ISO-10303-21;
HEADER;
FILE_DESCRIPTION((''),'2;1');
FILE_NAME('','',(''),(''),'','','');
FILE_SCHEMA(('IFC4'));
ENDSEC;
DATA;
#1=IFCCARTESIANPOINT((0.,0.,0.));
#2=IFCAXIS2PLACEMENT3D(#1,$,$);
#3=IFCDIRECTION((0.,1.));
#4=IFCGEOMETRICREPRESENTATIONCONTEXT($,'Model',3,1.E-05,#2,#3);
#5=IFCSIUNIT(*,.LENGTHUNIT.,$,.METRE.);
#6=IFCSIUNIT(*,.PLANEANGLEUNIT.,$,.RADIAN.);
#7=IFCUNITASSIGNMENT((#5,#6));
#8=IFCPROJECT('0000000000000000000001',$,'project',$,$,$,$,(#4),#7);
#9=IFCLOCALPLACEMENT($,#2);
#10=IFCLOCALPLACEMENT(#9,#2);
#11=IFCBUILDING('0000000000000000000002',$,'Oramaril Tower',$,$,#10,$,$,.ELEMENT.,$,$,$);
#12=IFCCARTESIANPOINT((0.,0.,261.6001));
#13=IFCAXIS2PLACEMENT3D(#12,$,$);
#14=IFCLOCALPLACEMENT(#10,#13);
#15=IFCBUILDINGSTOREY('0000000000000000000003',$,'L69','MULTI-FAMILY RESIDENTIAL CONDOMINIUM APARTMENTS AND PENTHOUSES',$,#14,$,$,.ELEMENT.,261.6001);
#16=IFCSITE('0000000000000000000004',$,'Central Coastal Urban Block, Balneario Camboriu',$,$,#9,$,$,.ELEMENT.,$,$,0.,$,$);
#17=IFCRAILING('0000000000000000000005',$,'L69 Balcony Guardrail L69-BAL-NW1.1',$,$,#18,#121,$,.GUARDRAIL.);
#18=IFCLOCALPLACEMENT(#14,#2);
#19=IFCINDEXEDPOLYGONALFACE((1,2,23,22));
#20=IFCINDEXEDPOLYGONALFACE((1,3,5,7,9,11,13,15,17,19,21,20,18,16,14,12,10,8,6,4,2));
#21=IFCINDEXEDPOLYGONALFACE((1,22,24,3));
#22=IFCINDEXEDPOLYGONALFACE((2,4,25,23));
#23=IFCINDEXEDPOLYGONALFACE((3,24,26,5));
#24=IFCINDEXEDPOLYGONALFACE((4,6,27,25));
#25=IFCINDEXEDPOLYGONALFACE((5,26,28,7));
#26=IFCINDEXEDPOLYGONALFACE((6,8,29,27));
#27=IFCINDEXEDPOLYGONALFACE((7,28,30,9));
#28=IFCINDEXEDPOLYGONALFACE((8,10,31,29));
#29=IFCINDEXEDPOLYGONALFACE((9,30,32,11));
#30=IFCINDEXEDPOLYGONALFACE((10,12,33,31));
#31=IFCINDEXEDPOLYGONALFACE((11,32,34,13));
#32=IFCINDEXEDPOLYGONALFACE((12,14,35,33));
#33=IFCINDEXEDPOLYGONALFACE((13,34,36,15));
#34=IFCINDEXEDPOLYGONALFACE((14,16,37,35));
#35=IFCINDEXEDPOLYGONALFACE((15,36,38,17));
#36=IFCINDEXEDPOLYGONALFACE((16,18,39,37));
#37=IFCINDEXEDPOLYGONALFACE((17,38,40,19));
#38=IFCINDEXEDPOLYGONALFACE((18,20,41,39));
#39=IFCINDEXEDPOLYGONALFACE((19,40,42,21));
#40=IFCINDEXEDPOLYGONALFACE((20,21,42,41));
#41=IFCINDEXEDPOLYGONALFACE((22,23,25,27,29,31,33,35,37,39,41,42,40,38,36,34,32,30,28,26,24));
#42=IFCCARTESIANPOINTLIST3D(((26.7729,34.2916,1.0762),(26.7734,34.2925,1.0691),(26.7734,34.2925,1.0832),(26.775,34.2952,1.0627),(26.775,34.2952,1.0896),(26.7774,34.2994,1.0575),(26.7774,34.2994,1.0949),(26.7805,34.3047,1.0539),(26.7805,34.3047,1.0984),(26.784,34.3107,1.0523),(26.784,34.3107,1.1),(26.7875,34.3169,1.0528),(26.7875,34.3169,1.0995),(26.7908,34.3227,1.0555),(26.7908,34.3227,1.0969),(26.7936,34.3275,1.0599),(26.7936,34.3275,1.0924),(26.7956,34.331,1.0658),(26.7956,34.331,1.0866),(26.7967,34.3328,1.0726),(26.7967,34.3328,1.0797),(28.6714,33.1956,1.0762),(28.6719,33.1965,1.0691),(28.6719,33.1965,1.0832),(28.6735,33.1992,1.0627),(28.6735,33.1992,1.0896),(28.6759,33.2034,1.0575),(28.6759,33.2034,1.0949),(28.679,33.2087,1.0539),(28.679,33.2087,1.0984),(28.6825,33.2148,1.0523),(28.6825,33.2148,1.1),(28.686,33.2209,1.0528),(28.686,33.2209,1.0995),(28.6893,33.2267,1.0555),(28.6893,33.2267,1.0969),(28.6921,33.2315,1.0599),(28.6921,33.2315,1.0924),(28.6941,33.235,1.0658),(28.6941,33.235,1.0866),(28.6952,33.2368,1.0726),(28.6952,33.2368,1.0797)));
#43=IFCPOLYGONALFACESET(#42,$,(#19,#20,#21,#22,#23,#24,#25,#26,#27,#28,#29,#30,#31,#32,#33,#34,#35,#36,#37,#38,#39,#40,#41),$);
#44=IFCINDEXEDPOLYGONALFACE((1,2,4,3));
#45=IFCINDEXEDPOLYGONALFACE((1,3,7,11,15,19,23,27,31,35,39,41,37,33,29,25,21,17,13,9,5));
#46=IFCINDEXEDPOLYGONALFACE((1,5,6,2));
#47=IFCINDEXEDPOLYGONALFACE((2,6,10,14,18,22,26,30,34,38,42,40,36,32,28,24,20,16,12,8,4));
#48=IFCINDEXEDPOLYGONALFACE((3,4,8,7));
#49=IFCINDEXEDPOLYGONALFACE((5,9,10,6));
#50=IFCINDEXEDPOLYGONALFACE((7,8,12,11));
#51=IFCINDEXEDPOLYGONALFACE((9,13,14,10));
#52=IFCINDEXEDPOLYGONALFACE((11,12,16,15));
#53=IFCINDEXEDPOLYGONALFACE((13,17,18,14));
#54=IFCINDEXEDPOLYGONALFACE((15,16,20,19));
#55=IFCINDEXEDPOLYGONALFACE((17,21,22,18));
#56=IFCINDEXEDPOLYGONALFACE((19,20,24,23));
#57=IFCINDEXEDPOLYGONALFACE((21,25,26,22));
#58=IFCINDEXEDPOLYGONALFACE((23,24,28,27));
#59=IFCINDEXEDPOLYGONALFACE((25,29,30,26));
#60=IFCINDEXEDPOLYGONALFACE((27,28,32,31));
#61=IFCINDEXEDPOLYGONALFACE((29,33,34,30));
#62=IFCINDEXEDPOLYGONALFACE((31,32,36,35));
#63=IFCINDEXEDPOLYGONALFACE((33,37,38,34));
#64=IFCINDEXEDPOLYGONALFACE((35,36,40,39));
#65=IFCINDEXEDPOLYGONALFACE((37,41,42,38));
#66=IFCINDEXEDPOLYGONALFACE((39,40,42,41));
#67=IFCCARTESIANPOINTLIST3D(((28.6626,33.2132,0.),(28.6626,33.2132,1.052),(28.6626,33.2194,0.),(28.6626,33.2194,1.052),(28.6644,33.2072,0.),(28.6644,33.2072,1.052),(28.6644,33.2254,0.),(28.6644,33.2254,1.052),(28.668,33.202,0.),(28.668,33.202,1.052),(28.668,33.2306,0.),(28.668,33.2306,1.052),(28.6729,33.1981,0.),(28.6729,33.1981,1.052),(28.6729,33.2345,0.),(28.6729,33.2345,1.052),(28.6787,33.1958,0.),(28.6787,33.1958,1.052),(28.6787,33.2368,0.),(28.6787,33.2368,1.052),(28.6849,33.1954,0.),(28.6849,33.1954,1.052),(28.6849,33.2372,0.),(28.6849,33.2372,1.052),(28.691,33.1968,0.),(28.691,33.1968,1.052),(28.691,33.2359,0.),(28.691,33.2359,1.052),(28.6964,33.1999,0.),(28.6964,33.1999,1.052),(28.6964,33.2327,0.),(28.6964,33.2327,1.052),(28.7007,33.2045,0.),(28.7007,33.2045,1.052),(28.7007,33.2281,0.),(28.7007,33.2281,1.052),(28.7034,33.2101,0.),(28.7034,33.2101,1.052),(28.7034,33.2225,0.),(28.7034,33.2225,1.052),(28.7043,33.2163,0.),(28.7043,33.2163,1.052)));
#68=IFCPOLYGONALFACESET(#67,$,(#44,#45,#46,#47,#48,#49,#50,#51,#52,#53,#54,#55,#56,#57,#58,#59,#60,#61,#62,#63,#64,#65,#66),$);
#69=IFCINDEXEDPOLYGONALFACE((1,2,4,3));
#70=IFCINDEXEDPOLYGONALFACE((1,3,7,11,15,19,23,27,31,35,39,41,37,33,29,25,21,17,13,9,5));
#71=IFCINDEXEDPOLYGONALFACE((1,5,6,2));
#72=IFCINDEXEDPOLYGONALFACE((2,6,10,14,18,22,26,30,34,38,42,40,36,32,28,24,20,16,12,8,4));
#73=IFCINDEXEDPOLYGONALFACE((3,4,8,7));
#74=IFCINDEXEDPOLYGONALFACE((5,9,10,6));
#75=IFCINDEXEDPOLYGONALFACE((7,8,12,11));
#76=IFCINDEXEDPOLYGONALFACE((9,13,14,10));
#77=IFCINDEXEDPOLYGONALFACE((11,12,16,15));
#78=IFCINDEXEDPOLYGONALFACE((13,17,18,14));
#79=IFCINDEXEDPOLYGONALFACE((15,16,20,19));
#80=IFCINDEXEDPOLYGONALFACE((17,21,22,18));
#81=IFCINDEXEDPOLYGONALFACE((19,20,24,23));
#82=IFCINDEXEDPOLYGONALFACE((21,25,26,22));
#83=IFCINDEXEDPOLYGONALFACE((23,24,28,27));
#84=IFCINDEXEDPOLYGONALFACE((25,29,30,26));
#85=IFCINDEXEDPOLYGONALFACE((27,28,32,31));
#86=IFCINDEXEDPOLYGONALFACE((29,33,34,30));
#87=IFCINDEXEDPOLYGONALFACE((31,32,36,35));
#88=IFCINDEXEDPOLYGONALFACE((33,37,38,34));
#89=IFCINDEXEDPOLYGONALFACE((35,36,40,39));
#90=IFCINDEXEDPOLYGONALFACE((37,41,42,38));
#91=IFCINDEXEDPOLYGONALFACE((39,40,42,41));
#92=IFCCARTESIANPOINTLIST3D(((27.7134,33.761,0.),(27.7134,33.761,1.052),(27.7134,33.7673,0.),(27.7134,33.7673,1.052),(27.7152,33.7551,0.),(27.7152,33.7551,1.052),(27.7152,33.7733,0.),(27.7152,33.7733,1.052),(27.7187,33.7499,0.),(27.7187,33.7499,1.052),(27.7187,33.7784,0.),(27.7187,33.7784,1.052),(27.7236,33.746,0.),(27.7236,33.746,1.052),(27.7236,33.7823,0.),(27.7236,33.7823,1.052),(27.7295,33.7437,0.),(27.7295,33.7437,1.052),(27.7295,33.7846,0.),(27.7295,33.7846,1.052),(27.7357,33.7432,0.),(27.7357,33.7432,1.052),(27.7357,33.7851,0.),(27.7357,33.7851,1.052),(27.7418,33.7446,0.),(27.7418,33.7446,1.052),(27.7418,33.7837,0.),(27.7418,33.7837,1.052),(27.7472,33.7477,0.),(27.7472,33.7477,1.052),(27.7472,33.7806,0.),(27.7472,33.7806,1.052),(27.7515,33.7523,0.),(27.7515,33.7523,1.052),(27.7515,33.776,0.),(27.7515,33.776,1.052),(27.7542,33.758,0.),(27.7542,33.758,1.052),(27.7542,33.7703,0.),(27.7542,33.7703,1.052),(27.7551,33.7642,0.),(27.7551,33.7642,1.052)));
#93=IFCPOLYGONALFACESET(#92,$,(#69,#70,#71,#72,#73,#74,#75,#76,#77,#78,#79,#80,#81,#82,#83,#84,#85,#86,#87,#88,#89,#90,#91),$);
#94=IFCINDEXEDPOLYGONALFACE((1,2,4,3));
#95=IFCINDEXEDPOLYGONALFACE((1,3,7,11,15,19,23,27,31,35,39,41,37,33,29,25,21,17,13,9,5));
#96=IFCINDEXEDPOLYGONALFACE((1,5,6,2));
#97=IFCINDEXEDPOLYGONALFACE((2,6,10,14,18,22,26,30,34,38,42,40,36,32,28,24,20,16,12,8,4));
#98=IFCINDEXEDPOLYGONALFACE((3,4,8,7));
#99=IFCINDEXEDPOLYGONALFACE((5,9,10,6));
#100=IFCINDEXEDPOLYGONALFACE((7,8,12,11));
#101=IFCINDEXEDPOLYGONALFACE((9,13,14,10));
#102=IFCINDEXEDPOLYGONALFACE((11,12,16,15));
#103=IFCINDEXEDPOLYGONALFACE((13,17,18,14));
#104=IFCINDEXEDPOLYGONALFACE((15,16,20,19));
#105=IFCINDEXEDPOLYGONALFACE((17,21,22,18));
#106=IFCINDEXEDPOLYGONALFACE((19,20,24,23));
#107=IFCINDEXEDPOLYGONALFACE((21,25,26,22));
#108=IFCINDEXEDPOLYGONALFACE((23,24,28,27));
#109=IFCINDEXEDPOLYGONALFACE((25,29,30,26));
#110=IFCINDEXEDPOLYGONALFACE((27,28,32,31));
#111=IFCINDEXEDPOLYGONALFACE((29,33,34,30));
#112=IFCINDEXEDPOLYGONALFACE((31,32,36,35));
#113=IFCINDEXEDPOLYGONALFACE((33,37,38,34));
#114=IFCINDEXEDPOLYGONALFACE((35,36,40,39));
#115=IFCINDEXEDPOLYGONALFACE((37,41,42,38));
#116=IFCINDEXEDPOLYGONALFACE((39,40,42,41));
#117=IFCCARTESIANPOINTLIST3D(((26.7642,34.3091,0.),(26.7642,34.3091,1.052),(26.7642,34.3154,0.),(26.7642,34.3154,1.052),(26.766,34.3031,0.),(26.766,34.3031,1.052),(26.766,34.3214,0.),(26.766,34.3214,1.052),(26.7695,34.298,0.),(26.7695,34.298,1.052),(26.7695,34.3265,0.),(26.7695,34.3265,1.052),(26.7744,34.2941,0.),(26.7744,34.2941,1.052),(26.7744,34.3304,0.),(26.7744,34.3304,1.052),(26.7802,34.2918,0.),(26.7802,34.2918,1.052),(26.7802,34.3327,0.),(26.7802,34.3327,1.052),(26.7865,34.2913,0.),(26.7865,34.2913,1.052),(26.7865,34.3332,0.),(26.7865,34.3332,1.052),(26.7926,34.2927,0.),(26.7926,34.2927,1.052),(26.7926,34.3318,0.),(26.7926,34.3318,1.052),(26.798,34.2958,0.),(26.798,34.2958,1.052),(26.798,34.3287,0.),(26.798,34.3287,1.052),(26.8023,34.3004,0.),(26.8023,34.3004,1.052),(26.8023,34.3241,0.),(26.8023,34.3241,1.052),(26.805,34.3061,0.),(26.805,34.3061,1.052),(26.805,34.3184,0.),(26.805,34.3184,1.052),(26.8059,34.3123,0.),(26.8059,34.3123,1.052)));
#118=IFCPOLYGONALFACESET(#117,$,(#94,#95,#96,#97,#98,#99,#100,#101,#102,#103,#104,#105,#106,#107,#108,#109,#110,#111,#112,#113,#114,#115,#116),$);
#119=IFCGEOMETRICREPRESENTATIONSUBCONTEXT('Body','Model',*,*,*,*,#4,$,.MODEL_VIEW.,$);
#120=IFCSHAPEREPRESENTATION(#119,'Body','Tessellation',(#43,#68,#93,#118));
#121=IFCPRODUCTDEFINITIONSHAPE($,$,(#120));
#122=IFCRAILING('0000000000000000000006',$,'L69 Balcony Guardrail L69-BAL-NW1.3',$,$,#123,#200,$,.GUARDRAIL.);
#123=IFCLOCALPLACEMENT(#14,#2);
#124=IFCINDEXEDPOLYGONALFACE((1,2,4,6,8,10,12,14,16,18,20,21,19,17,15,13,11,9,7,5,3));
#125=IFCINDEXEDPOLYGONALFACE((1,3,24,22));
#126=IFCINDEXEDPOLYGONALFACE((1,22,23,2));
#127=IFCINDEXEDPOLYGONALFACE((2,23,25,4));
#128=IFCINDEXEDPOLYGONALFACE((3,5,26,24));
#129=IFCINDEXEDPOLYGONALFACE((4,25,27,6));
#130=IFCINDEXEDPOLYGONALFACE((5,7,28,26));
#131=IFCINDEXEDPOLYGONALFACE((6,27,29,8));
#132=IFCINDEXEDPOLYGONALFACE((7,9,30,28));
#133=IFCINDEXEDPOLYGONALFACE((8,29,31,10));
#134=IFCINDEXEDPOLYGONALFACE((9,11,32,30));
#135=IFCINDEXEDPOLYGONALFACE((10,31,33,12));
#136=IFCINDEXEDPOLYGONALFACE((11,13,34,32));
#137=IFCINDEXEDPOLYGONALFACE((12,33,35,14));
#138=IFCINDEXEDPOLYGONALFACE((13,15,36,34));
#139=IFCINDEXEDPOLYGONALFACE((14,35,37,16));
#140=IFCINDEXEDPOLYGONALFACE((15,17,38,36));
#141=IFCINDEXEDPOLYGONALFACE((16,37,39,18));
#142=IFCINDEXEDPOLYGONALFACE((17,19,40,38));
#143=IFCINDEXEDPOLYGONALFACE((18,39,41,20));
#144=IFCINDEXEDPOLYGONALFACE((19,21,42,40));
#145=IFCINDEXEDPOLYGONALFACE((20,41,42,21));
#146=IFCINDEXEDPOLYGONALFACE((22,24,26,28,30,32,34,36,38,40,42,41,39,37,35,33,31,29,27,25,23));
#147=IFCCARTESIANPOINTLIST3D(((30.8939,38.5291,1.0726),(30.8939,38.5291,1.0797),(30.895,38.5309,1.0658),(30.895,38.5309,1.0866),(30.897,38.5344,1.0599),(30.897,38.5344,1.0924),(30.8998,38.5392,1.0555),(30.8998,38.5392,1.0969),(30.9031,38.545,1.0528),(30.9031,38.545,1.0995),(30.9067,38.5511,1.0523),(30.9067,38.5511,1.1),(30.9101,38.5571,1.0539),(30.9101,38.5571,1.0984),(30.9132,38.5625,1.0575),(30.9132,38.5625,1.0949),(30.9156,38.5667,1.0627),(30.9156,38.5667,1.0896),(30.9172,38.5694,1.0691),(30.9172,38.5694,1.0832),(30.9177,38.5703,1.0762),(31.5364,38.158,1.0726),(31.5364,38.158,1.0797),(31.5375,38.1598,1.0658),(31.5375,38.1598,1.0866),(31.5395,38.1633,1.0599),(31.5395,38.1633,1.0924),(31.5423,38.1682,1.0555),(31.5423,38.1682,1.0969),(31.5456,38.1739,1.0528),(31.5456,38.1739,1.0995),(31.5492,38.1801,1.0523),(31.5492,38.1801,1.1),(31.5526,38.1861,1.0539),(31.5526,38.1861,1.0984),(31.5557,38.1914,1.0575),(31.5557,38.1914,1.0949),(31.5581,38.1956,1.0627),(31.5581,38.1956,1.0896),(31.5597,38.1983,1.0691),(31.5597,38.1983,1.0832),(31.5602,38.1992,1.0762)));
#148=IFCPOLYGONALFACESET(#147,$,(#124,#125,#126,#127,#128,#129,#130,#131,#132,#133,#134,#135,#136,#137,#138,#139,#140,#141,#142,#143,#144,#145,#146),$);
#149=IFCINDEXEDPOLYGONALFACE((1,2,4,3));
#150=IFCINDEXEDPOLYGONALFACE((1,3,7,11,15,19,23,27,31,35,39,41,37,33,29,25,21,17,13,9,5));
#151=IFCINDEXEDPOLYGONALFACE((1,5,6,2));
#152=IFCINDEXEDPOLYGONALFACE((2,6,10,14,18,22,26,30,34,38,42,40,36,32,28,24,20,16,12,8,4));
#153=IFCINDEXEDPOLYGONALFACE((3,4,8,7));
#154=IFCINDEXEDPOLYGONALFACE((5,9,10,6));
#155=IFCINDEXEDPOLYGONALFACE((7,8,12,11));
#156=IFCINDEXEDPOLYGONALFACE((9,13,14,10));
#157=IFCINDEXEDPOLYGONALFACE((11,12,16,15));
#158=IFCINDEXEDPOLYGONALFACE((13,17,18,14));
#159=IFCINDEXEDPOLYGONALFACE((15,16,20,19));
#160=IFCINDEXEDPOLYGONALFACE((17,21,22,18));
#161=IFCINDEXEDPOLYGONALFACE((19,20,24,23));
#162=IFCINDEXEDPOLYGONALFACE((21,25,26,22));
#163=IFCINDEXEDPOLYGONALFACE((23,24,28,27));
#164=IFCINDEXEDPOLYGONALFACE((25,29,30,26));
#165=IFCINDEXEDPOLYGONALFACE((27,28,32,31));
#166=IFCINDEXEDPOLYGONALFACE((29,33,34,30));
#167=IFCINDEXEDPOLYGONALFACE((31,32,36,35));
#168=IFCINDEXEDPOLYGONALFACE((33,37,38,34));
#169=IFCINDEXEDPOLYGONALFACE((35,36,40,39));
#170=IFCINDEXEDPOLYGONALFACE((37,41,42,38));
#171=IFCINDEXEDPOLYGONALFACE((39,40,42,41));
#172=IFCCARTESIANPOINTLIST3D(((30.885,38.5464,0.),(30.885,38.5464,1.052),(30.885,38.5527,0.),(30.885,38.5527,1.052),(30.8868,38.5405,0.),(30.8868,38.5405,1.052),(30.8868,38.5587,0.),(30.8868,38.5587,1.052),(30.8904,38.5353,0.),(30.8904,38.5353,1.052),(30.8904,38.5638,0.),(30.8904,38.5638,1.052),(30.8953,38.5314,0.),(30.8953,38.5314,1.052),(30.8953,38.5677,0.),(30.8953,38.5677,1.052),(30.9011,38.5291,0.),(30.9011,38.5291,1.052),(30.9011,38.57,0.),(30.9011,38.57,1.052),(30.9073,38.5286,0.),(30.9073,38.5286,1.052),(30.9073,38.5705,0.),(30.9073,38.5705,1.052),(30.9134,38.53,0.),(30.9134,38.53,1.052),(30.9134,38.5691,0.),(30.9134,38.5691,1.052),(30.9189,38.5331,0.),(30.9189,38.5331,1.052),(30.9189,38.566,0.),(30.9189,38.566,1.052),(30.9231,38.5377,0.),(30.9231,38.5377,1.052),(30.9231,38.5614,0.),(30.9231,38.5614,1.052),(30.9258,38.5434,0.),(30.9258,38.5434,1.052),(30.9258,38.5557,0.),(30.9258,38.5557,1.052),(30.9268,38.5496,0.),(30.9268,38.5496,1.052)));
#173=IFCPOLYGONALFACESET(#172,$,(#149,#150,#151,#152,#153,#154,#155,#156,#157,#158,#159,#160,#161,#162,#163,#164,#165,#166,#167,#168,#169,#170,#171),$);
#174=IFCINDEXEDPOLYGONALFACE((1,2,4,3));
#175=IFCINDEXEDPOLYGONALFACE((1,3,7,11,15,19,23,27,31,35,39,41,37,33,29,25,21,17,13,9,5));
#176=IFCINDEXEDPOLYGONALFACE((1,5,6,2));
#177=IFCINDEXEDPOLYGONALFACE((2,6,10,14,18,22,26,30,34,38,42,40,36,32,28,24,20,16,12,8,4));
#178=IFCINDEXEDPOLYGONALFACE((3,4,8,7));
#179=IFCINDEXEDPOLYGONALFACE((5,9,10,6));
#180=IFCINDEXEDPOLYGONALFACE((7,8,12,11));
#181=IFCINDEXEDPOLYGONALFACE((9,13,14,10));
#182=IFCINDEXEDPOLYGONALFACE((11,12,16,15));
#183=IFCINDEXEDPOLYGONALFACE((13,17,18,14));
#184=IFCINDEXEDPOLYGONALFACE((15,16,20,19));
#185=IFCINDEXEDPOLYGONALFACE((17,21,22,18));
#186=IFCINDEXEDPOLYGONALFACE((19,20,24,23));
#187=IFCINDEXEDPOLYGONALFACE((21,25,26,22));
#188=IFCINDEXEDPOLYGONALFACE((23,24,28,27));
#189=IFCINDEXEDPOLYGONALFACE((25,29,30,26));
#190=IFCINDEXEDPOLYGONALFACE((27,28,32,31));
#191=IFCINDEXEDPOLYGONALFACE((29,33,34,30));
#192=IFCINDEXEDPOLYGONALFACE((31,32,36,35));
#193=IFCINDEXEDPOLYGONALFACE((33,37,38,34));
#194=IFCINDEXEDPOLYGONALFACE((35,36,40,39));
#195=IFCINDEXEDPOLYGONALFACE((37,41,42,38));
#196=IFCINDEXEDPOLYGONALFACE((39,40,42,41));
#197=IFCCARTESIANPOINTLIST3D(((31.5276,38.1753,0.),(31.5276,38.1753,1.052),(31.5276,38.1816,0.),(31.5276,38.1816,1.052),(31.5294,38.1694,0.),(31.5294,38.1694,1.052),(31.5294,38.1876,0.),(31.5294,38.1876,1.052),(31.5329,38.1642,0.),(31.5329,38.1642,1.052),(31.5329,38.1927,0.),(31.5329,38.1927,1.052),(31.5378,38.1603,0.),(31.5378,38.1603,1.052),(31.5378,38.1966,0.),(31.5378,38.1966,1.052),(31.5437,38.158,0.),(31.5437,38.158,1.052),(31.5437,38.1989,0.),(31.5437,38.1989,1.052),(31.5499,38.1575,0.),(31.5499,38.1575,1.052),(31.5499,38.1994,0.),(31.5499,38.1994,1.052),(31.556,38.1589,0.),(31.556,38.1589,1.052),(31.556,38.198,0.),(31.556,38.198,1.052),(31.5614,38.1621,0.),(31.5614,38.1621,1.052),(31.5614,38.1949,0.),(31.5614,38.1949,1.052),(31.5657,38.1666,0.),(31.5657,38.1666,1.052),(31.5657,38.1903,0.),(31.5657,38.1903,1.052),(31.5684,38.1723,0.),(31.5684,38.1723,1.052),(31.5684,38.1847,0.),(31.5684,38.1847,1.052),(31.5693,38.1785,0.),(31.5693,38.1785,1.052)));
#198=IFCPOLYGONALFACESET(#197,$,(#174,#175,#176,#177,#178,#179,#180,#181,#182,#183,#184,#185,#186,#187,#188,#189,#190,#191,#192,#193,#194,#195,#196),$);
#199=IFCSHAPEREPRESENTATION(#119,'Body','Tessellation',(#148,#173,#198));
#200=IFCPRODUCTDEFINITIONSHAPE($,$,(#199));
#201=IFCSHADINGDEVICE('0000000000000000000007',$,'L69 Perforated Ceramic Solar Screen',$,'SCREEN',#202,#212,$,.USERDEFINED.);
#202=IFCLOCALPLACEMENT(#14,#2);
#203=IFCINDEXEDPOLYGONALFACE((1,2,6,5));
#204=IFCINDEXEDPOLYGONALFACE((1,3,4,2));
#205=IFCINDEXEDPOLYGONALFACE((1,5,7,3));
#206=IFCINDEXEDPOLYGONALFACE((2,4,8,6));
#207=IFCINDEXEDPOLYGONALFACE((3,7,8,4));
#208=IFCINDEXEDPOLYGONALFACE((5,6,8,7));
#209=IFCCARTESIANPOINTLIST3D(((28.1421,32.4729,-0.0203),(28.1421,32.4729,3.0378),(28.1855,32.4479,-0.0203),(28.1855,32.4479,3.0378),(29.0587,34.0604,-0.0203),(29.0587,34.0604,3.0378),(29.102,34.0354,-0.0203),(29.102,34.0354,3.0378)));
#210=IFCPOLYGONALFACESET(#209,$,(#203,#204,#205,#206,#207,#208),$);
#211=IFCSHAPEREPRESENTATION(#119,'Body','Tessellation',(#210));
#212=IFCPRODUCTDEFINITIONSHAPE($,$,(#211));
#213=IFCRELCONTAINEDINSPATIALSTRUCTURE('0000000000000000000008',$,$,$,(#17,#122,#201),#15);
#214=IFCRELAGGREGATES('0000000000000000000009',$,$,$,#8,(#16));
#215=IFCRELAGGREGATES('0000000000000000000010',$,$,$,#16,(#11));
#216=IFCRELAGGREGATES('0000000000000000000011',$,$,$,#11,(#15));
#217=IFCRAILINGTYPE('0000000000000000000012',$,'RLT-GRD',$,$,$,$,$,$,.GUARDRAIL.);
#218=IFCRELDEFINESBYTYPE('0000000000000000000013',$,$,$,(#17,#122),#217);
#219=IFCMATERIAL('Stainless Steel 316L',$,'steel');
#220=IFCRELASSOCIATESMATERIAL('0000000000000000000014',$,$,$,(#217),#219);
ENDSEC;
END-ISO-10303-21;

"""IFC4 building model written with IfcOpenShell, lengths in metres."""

from ifc_helpers import new_model, si_unit, direction, frame, origin, origin_2d, place, context, subcontext, project, spatial, rectangle, circle, extrude, material, type_object, element, save


model = new_model("IFC4")

# Units and contexts
model_context = context("Model", 3, precision=1e-05, world=origin(), true_north=direction((0.0, 1.0)))
body_context = subcontext(model_context, "Body", "Model", "MODEL_VIEW")
ifc_project = project(units=[si_unit("LENGTHUNIT", "METRE"), si_unit("PLANEANGLEUNIT", "RADIAN")], contexts=[model_context])

# Site, building, storey
site_placement = place(None, origin())
site = spatial("IfcSite", under=ifc_project, at=site_placement, Name="Central Coastal Urban Block, Balneario Camboriu", CompositionType="ELEMENT", RefElevation=0.0)
building_placement = place(site_placement, origin())
building = spatial("IfcBuilding", under=site, at=building_placement, Name="Oramaril Tower", CompositionType="ELEMENT")
storey_placement = place(building_placement, frame((0.0, 0.0, 261.6001)))
storey = spatial("IfcBuildingStorey", under=building, at=storey_placement, Name="L69", Description="MULTI-FAMILY RESIDENTIAL CONDOMINIUM APARTMENTS AND PENTHOUSES", CompositionType="ELEMENT", Elevation=261.6001)

# Railings
ifc_material_1 = material(Name="Stainless Steel 316L", Category="steel")
railing_type = type_object("IfcRailingType", Name="RLT-GRD", PredefinedType="GUARDRAIL", material=ifc_material_1)
railing_1_placement = place(storey_placement, frame((28.6833, 33.2163, 0.0)))
element("IfcRailing", 1, at=railing_1_placement, inside=storey, type_object=railing_type, Name="L69 Balcony Guardrail L69-BAL-NW1.1", PredefinedType="GUARDRAIL", context=body_context, shape_type="SweptSolid", body=[
    extrude(circle(Radius=0.0239, at=origin_2d()), frame((0.0, 0.0, 1.0762), z_axis=(-0.866048, 0.49996, 0.0), x_axis=(-0.49996, -0.866048, 0.0)), (0.0, 0.0, 1.0), 2.1921),
    extrude(circle(Radius=0.021, at=origin_2d()), origin(), (0.0, 0.0, 1.0), 1.052),
    extrude(circle(Radius=0.021, at=origin_2d()), frame((-0.9492, 0.5479, 0.0)), (0.0, 0.0, 1.0), 1.052),
    extrude(circle(Radius=0.021, at=origin_2d()), frame((-1.8984, 1.0959, 0.0)), (0.0, 0.0, 1.0), 1.052),
])
railing_2_placement = place(storey_placement, frame((30.9058, 38.5496, 0.0)))
element("IfcRailing", 2, at=railing_2_placement, inside=storey, type_object=railing_type, Name="L69 Balcony Guardrail L69-BAL-NW1.3", PredefinedType="GUARDRAIL", context=body_context, shape_type="SweptSolid", body=[
    extrude(circle(Radius=0.0239, at=origin_2d()), frame((0.0, 0.0, 1.0762), z_axis=(0.865966, -0.500102, 0.0), x_axis=(0.500102, 0.865966, 0.0)), (0.0, 0.0, 1.0), 0.7419),
    extrude(circle(Radius=0.021, at=origin_2d()), origin(), (0.0, 0.0, 1.0), 1.052),
    extrude(circle(Radius=0.021, at=origin_2d()), frame((0.6426, -0.3711, 0.0)), (0.0, 0.0, 1.0), 1.052),
])

# Shading device
for number, where, z_axis, x_axis, name in (
    (3, (28.6221, 33.2542, -0.0203), (0.0, 0.0, 1.0), (-0.5, -0.866025, 0.0), "L69 Perforated Ceramic Solar Screen"),
):
    element("IfcShadingDevice", number, at=place(storey_placement, frame(where, z_axis=z_axis, x_axis=x_axis)), inside=storey, Name=name, ObjectType="SCREEN", PredefinedType="USERDEFINED", context=body_context, shape_type="SweptSolid", body=[
        extrude(rectangle(XDim=1.833, YDim=0.05, at=origin_2d()), origin(), (0.0, 0.0, 1.0), 3.0581),
    ])

save(model, "model.ifc")
